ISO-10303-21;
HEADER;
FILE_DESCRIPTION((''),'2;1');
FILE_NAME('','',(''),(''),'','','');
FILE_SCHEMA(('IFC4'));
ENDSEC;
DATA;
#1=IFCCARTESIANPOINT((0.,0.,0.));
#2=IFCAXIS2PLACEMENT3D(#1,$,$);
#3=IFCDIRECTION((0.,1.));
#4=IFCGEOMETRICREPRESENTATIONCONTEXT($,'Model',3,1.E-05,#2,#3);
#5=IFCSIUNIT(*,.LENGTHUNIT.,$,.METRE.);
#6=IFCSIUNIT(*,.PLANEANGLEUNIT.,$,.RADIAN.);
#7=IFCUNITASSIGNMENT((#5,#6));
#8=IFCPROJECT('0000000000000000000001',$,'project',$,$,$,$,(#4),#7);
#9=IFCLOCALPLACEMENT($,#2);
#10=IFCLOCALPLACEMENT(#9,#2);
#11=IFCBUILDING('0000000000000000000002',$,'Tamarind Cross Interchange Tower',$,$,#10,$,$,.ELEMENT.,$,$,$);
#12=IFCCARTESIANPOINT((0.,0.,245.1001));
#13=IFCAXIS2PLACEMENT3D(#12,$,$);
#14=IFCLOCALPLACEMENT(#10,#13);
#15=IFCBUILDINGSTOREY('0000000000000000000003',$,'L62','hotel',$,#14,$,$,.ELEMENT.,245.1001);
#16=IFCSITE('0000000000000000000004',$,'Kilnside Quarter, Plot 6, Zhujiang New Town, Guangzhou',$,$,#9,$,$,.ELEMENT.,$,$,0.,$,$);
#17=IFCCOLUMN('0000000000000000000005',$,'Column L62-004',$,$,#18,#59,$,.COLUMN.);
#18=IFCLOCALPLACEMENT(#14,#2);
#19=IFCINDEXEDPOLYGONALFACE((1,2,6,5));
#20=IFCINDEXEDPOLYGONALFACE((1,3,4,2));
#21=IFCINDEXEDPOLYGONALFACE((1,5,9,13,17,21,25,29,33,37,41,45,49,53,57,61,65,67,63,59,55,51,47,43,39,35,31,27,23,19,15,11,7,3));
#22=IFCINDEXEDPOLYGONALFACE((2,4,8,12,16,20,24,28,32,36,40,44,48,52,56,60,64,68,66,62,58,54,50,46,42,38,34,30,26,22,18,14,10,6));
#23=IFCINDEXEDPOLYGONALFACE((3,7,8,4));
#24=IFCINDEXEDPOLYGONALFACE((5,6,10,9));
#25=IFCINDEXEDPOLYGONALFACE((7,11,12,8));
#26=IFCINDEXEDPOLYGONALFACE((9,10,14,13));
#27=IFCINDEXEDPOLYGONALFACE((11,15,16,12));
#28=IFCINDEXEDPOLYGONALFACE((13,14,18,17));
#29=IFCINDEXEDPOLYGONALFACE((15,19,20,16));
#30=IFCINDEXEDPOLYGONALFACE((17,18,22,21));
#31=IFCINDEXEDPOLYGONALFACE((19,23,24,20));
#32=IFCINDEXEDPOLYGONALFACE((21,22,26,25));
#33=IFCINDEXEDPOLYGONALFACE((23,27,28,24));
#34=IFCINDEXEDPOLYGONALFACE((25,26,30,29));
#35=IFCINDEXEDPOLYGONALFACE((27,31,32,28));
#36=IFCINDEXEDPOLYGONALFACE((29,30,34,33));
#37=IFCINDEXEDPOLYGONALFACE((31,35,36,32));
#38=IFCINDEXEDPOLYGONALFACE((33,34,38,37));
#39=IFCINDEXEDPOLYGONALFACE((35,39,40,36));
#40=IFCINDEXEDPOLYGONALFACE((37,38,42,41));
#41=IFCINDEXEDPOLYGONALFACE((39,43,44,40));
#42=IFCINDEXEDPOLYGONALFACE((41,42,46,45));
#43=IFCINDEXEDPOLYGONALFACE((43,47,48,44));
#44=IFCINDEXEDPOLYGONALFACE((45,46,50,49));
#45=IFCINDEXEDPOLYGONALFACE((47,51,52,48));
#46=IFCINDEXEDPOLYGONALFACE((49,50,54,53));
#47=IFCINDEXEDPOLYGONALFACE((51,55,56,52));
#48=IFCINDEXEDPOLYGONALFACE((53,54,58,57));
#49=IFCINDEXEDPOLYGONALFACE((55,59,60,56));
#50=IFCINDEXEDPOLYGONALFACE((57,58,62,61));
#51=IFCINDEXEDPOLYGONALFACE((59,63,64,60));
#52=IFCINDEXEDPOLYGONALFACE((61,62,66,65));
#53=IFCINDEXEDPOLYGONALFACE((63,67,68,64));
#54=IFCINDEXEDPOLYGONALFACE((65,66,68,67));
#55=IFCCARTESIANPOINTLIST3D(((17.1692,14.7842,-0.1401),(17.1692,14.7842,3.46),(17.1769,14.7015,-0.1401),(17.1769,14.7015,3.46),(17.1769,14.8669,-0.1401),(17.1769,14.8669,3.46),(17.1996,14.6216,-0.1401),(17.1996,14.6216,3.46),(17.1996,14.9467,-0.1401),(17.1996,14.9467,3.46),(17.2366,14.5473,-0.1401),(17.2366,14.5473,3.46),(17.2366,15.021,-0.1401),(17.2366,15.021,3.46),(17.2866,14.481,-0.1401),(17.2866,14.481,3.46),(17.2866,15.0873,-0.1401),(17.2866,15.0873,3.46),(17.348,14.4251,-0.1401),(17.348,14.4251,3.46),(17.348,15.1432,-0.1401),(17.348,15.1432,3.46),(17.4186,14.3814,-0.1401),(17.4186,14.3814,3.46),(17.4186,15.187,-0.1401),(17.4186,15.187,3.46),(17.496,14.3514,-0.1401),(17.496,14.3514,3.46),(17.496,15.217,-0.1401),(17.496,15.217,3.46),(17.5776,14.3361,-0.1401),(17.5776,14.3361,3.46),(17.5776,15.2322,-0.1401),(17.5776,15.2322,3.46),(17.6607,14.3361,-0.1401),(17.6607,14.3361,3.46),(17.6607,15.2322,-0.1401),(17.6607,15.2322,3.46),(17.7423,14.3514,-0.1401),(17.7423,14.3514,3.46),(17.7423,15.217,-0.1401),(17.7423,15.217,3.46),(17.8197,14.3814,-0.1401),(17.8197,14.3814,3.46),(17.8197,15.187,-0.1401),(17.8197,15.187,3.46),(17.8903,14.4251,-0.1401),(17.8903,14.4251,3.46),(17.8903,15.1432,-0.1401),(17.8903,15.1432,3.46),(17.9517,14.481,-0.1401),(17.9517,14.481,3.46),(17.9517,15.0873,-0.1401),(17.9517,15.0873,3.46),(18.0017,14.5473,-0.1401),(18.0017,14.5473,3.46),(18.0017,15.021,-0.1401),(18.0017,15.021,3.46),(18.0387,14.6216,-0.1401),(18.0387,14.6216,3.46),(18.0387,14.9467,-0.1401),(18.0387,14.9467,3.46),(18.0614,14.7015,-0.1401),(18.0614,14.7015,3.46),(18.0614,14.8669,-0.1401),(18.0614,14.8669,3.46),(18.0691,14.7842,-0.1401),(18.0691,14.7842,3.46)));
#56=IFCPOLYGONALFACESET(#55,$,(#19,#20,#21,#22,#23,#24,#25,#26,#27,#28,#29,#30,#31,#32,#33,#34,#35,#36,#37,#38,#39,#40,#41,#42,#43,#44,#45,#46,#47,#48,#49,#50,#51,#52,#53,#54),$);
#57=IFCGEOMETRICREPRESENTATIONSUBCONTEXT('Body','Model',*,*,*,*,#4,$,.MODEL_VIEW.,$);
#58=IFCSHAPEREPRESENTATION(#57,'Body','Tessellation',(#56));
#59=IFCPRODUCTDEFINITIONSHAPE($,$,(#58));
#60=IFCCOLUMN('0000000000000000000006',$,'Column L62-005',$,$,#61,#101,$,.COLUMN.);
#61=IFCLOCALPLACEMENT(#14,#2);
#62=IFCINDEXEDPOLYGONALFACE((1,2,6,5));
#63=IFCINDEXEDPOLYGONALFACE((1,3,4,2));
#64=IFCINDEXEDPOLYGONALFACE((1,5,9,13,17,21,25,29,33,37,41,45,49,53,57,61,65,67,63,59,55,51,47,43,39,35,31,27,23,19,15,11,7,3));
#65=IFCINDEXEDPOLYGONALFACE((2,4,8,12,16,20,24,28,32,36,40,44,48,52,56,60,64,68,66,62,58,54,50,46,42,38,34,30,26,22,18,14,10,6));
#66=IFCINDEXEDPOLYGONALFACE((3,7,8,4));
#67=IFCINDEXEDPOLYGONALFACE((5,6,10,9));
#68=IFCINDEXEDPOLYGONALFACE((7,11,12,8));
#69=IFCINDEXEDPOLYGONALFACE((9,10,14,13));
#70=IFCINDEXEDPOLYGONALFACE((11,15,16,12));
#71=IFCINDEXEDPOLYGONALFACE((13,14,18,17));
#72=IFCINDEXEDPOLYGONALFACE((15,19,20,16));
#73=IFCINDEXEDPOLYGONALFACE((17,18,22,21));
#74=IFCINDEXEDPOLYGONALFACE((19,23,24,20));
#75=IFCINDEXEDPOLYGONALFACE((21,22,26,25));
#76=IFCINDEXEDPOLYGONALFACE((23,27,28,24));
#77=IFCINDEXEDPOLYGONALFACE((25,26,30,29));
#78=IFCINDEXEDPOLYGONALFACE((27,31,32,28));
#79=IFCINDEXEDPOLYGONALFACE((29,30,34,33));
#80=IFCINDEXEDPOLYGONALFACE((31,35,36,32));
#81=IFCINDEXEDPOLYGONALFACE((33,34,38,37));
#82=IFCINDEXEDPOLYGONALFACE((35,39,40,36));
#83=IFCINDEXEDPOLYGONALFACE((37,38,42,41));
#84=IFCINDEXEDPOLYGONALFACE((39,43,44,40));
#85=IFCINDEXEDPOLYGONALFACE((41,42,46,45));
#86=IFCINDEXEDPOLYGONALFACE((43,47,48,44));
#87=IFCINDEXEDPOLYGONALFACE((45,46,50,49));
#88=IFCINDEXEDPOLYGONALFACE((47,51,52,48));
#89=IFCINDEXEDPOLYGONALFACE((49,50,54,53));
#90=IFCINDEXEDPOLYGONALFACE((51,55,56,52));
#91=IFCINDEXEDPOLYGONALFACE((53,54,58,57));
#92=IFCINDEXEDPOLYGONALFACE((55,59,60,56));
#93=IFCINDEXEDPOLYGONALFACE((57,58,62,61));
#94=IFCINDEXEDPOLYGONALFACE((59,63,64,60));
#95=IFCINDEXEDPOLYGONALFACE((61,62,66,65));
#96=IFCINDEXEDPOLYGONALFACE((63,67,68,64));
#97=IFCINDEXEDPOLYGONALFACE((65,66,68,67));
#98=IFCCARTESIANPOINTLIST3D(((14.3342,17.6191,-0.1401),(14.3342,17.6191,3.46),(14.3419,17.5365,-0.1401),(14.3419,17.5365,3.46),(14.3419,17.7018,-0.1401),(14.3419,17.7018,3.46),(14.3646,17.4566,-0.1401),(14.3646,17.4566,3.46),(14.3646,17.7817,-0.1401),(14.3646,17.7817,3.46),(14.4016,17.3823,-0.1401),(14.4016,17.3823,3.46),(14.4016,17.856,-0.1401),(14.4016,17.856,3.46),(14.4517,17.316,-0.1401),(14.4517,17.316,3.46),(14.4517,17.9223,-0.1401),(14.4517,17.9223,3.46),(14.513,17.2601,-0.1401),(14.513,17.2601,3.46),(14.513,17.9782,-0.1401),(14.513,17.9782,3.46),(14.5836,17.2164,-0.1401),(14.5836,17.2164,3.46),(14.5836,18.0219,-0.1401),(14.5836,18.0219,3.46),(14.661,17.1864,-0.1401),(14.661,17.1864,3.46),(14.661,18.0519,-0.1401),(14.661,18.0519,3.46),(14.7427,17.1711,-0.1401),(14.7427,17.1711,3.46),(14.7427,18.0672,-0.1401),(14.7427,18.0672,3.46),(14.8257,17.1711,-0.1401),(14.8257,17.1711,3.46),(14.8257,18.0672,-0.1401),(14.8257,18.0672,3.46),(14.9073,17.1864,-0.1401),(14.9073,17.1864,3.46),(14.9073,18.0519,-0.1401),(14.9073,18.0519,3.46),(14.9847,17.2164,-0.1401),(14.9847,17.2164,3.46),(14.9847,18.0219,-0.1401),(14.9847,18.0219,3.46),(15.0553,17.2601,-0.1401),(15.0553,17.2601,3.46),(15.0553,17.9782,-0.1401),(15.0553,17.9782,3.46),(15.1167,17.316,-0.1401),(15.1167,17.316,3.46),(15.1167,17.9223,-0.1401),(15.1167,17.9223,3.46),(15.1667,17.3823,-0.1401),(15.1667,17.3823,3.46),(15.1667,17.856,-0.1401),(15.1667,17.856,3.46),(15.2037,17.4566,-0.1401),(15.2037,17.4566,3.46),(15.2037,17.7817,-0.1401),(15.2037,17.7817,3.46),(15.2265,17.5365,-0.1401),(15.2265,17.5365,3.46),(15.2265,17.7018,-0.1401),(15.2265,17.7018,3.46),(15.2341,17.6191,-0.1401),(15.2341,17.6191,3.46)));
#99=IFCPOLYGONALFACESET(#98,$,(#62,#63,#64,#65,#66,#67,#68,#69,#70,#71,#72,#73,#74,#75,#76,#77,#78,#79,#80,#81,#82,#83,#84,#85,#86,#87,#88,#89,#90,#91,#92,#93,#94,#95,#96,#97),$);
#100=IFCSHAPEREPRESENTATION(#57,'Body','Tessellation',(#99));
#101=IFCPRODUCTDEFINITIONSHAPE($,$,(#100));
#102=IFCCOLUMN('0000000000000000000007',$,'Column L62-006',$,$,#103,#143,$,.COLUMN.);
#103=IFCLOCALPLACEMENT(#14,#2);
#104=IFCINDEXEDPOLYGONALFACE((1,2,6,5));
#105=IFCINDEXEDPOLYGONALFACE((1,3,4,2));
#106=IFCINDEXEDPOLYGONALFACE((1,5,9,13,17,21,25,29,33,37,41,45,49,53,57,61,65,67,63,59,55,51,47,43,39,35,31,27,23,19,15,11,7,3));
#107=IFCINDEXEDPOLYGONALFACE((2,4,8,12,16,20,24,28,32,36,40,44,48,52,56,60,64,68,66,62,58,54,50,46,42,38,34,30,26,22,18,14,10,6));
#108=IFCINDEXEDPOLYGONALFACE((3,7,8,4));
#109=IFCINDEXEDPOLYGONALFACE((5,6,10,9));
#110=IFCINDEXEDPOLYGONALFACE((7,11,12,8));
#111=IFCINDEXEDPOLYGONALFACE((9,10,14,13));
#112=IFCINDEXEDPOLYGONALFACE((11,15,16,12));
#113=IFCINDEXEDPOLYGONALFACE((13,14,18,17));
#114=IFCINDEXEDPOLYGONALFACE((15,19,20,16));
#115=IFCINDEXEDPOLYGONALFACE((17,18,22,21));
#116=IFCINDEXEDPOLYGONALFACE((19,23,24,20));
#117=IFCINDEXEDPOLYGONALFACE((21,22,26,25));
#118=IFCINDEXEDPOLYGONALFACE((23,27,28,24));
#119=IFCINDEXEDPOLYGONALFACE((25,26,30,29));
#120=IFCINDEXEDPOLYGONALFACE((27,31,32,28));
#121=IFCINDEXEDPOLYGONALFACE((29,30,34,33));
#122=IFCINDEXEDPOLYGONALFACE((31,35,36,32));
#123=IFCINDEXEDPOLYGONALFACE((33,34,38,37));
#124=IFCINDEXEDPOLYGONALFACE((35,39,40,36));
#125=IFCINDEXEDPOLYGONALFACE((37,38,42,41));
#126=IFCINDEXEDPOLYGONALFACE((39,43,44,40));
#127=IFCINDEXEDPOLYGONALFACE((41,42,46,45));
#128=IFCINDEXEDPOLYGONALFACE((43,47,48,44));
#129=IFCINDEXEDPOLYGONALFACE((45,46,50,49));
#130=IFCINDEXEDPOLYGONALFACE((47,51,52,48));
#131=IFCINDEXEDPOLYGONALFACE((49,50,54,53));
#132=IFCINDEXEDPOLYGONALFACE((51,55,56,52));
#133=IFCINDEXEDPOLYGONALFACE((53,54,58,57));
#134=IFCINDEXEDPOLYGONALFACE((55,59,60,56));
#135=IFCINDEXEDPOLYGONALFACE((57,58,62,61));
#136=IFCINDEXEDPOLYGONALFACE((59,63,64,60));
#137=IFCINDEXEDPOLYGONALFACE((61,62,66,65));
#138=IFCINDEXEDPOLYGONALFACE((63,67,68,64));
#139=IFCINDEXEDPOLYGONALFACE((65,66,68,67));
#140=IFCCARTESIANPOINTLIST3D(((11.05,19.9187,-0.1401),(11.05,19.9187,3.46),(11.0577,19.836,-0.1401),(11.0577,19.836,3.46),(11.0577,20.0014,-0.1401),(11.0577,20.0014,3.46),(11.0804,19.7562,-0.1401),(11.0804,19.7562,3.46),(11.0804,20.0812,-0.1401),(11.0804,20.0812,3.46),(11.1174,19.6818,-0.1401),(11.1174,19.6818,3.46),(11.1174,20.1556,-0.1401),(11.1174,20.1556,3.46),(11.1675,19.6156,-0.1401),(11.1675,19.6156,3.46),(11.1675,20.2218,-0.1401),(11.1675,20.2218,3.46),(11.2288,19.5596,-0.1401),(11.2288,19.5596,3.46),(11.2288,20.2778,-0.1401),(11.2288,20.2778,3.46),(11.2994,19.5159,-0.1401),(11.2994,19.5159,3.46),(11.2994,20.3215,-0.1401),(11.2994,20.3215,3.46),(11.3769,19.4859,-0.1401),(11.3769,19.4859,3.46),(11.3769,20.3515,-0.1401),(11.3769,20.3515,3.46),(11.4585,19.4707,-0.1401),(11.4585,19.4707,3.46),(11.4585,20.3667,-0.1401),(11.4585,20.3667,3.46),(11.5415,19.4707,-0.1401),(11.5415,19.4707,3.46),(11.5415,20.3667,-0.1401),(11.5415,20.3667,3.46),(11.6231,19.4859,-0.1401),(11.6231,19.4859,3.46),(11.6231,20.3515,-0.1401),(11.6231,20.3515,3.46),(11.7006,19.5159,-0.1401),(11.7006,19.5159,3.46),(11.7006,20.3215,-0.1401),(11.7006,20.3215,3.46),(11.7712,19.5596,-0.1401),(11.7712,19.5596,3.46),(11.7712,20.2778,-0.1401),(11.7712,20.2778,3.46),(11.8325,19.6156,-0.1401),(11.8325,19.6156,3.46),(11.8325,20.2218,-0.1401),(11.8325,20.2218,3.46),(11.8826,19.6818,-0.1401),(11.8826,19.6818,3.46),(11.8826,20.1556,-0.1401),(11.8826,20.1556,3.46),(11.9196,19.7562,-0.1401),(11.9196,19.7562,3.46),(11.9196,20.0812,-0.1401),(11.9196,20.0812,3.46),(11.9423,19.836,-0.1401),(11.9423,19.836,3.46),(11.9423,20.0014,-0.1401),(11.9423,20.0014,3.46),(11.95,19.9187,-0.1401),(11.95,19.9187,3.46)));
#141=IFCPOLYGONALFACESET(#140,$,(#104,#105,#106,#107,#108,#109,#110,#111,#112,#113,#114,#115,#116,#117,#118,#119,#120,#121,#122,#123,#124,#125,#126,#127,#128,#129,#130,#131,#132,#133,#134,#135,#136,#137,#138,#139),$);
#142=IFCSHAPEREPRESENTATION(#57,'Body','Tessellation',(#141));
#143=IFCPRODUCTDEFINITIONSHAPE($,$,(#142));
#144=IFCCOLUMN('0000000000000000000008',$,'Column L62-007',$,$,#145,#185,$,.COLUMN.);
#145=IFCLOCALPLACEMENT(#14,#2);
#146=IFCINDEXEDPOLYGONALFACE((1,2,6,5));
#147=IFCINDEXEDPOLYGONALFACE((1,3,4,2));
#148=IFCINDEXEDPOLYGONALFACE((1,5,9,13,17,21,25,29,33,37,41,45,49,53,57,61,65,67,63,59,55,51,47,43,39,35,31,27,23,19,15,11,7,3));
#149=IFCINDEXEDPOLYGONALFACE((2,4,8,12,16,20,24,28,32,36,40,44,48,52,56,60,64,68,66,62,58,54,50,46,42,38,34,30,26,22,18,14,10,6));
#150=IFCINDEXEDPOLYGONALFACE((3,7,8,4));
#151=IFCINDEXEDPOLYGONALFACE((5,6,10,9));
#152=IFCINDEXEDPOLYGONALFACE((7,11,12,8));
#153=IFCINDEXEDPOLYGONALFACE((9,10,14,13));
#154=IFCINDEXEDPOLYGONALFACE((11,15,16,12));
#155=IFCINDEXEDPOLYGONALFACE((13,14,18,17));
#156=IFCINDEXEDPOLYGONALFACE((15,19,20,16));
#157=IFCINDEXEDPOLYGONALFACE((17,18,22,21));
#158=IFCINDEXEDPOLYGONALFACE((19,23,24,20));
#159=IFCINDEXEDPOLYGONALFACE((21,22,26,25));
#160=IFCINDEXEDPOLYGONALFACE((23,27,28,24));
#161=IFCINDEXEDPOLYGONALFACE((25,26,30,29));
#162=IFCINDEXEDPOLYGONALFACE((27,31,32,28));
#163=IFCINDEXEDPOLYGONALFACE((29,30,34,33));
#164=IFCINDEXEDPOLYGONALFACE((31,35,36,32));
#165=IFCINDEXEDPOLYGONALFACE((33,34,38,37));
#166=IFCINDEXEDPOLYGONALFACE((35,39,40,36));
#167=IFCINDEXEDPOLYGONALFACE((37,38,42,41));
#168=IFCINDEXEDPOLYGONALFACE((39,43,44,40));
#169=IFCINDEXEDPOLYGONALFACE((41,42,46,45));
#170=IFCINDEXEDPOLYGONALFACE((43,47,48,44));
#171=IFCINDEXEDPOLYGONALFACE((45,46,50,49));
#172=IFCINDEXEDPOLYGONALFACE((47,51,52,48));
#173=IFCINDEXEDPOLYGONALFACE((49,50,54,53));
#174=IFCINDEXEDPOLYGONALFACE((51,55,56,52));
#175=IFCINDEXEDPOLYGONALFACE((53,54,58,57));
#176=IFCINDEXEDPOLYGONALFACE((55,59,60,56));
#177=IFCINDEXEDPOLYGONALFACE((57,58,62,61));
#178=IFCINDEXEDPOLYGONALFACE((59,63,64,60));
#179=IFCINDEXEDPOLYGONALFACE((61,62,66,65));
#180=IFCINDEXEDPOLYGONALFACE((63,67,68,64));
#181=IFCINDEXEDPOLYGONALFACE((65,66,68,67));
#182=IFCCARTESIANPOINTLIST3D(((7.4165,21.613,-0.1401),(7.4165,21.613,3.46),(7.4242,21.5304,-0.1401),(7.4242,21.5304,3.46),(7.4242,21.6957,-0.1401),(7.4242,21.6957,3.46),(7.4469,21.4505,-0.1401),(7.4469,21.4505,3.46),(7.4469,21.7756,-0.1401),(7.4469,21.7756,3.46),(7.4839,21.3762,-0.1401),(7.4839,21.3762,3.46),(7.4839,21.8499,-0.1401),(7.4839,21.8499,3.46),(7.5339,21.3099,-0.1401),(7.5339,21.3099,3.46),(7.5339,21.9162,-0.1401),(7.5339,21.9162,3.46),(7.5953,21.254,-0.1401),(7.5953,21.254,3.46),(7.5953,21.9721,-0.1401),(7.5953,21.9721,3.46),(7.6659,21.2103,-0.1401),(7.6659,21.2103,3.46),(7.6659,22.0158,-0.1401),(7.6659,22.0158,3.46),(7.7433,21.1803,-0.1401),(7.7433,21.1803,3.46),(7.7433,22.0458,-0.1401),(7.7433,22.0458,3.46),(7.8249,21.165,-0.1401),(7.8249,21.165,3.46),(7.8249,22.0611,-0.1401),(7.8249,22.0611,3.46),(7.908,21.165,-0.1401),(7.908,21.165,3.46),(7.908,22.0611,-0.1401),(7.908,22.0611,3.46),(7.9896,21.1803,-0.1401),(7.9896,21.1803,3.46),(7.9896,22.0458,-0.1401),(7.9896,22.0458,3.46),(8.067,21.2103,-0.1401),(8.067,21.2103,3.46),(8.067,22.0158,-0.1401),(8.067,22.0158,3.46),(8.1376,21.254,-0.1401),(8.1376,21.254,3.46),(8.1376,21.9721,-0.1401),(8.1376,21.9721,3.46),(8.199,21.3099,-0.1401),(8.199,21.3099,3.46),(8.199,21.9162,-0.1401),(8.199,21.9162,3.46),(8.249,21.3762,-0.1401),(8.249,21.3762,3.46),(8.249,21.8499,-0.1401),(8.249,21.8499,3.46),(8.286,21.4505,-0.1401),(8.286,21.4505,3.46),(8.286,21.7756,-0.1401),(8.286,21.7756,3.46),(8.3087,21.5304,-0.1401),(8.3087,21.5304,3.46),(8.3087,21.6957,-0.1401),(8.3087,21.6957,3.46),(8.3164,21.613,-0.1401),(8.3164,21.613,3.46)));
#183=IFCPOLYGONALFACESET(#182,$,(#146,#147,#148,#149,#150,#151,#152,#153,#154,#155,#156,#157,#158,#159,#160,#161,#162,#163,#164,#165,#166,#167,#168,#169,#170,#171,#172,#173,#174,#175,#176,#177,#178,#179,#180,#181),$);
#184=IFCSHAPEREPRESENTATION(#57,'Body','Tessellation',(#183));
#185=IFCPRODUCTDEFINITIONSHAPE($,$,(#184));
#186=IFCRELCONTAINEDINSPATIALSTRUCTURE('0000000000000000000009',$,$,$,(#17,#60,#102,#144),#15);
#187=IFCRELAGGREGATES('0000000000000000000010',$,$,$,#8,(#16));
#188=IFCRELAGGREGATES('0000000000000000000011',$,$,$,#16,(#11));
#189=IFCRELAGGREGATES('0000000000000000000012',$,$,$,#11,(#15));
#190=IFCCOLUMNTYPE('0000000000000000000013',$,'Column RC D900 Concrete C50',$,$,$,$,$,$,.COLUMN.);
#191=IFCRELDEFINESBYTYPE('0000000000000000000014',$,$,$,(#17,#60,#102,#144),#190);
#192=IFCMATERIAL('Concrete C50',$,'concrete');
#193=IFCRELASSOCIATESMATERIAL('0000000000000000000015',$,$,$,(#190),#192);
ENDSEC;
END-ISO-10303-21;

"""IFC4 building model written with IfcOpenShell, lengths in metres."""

from ifc_helpers import new_model, si_unit, direction, frame, origin, origin_2d, place, context, subcontext, project, spatial, circle, extrude, material, material_profile, profile_set, type_object, element, save


model = new_model("IFC4")

# Units and contexts
model_context = context("Model", 3, precision=1e-05, world=origin(), true_north=direction((0.0, 1.0)))
body_context = subcontext(model_context, "Body", "Model", "MODEL_VIEW")
ifc_project = project(units=[si_unit("LENGTHUNIT", "METRE"), si_unit("PLANEANGLEUNIT", "RADIAN")], contexts=[model_context])

# Site, building, storey
site_placement = place(None, origin())
site = spatial("IfcSite", under=ifc_project, at=site_placement, Name="Kilnside Quarter, Plot 6, Zhujiang New Town, Guangzhou", CompositionType="ELEMENT", RefElevation=0.0)
building_placement = place(site_placement, origin())
building = spatial("IfcBuilding", under=site, at=building_placement, Name="Tamarind Cross Interchange Tower", CompositionType="ELEMENT")
storey_placement = place(building_placement, frame((0.0, 0.0, 245.1001)))
storey = spatial("IfcBuildingStorey", under=building, at=storey_placement, Name="L62", Description="hotel", CompositionType="ELEMENT", Elevation=245.1001)

# Columns
ifc_material_1 = material(Name="Concrete C50", Category="concrete")
ifc_material_profile_1 = material_profile(ifc_material_1, circle(Radius=0.45, at=origin_2d()), Name="RC D900")
ifc_profile_set_1 = profile_set([ifc_material_profile_1], Name="Concrete C50")
column_type = type_object("IfcColumnType", Name="Column RC D900 Concrete C50", PredefinedType="COLUMN", material=ifc_profile_set_1)
for number, where, z_axis, x_axis, name in (
    (1, (17.6191, 14.7842, -0.1401), (0.0, 0.0, 1.0), (1.0, 0.0, 0.0), "Column L62-004"),
    (2, (14.7842, 17.6191, -0.1401), (0.0, 0.0, 1.0), (1.0, 0.0, 0.0), "Column L62-005"),
    (3, (11.5, 19.9187, -0.1401), (0.0, 0.0, 1.0), (1.0, 0.0, 0.0), "Column L62-006"),
    (4, (7.8665, 21.613, -0.1401), (0.0, 0.0, 1.0), (1.0, 0.0, 0.0), "Column L62-007"),
):
    element("IfcColumn", number, at=place(storey_placement, frame(where, z_axis=z_axis, x_axis=x_axis)), inside=storey, type_object=column_type, Name=name, PredefinedType="COLUMN", context=body_context, shape_type="SweptSolid", body=[
        extrude(circle(Radius=0.45, at=origin_2d()), origin(), (0.0, 0.0, 1.0), 3.6001),
    ])

save(model, "model.ifc")
